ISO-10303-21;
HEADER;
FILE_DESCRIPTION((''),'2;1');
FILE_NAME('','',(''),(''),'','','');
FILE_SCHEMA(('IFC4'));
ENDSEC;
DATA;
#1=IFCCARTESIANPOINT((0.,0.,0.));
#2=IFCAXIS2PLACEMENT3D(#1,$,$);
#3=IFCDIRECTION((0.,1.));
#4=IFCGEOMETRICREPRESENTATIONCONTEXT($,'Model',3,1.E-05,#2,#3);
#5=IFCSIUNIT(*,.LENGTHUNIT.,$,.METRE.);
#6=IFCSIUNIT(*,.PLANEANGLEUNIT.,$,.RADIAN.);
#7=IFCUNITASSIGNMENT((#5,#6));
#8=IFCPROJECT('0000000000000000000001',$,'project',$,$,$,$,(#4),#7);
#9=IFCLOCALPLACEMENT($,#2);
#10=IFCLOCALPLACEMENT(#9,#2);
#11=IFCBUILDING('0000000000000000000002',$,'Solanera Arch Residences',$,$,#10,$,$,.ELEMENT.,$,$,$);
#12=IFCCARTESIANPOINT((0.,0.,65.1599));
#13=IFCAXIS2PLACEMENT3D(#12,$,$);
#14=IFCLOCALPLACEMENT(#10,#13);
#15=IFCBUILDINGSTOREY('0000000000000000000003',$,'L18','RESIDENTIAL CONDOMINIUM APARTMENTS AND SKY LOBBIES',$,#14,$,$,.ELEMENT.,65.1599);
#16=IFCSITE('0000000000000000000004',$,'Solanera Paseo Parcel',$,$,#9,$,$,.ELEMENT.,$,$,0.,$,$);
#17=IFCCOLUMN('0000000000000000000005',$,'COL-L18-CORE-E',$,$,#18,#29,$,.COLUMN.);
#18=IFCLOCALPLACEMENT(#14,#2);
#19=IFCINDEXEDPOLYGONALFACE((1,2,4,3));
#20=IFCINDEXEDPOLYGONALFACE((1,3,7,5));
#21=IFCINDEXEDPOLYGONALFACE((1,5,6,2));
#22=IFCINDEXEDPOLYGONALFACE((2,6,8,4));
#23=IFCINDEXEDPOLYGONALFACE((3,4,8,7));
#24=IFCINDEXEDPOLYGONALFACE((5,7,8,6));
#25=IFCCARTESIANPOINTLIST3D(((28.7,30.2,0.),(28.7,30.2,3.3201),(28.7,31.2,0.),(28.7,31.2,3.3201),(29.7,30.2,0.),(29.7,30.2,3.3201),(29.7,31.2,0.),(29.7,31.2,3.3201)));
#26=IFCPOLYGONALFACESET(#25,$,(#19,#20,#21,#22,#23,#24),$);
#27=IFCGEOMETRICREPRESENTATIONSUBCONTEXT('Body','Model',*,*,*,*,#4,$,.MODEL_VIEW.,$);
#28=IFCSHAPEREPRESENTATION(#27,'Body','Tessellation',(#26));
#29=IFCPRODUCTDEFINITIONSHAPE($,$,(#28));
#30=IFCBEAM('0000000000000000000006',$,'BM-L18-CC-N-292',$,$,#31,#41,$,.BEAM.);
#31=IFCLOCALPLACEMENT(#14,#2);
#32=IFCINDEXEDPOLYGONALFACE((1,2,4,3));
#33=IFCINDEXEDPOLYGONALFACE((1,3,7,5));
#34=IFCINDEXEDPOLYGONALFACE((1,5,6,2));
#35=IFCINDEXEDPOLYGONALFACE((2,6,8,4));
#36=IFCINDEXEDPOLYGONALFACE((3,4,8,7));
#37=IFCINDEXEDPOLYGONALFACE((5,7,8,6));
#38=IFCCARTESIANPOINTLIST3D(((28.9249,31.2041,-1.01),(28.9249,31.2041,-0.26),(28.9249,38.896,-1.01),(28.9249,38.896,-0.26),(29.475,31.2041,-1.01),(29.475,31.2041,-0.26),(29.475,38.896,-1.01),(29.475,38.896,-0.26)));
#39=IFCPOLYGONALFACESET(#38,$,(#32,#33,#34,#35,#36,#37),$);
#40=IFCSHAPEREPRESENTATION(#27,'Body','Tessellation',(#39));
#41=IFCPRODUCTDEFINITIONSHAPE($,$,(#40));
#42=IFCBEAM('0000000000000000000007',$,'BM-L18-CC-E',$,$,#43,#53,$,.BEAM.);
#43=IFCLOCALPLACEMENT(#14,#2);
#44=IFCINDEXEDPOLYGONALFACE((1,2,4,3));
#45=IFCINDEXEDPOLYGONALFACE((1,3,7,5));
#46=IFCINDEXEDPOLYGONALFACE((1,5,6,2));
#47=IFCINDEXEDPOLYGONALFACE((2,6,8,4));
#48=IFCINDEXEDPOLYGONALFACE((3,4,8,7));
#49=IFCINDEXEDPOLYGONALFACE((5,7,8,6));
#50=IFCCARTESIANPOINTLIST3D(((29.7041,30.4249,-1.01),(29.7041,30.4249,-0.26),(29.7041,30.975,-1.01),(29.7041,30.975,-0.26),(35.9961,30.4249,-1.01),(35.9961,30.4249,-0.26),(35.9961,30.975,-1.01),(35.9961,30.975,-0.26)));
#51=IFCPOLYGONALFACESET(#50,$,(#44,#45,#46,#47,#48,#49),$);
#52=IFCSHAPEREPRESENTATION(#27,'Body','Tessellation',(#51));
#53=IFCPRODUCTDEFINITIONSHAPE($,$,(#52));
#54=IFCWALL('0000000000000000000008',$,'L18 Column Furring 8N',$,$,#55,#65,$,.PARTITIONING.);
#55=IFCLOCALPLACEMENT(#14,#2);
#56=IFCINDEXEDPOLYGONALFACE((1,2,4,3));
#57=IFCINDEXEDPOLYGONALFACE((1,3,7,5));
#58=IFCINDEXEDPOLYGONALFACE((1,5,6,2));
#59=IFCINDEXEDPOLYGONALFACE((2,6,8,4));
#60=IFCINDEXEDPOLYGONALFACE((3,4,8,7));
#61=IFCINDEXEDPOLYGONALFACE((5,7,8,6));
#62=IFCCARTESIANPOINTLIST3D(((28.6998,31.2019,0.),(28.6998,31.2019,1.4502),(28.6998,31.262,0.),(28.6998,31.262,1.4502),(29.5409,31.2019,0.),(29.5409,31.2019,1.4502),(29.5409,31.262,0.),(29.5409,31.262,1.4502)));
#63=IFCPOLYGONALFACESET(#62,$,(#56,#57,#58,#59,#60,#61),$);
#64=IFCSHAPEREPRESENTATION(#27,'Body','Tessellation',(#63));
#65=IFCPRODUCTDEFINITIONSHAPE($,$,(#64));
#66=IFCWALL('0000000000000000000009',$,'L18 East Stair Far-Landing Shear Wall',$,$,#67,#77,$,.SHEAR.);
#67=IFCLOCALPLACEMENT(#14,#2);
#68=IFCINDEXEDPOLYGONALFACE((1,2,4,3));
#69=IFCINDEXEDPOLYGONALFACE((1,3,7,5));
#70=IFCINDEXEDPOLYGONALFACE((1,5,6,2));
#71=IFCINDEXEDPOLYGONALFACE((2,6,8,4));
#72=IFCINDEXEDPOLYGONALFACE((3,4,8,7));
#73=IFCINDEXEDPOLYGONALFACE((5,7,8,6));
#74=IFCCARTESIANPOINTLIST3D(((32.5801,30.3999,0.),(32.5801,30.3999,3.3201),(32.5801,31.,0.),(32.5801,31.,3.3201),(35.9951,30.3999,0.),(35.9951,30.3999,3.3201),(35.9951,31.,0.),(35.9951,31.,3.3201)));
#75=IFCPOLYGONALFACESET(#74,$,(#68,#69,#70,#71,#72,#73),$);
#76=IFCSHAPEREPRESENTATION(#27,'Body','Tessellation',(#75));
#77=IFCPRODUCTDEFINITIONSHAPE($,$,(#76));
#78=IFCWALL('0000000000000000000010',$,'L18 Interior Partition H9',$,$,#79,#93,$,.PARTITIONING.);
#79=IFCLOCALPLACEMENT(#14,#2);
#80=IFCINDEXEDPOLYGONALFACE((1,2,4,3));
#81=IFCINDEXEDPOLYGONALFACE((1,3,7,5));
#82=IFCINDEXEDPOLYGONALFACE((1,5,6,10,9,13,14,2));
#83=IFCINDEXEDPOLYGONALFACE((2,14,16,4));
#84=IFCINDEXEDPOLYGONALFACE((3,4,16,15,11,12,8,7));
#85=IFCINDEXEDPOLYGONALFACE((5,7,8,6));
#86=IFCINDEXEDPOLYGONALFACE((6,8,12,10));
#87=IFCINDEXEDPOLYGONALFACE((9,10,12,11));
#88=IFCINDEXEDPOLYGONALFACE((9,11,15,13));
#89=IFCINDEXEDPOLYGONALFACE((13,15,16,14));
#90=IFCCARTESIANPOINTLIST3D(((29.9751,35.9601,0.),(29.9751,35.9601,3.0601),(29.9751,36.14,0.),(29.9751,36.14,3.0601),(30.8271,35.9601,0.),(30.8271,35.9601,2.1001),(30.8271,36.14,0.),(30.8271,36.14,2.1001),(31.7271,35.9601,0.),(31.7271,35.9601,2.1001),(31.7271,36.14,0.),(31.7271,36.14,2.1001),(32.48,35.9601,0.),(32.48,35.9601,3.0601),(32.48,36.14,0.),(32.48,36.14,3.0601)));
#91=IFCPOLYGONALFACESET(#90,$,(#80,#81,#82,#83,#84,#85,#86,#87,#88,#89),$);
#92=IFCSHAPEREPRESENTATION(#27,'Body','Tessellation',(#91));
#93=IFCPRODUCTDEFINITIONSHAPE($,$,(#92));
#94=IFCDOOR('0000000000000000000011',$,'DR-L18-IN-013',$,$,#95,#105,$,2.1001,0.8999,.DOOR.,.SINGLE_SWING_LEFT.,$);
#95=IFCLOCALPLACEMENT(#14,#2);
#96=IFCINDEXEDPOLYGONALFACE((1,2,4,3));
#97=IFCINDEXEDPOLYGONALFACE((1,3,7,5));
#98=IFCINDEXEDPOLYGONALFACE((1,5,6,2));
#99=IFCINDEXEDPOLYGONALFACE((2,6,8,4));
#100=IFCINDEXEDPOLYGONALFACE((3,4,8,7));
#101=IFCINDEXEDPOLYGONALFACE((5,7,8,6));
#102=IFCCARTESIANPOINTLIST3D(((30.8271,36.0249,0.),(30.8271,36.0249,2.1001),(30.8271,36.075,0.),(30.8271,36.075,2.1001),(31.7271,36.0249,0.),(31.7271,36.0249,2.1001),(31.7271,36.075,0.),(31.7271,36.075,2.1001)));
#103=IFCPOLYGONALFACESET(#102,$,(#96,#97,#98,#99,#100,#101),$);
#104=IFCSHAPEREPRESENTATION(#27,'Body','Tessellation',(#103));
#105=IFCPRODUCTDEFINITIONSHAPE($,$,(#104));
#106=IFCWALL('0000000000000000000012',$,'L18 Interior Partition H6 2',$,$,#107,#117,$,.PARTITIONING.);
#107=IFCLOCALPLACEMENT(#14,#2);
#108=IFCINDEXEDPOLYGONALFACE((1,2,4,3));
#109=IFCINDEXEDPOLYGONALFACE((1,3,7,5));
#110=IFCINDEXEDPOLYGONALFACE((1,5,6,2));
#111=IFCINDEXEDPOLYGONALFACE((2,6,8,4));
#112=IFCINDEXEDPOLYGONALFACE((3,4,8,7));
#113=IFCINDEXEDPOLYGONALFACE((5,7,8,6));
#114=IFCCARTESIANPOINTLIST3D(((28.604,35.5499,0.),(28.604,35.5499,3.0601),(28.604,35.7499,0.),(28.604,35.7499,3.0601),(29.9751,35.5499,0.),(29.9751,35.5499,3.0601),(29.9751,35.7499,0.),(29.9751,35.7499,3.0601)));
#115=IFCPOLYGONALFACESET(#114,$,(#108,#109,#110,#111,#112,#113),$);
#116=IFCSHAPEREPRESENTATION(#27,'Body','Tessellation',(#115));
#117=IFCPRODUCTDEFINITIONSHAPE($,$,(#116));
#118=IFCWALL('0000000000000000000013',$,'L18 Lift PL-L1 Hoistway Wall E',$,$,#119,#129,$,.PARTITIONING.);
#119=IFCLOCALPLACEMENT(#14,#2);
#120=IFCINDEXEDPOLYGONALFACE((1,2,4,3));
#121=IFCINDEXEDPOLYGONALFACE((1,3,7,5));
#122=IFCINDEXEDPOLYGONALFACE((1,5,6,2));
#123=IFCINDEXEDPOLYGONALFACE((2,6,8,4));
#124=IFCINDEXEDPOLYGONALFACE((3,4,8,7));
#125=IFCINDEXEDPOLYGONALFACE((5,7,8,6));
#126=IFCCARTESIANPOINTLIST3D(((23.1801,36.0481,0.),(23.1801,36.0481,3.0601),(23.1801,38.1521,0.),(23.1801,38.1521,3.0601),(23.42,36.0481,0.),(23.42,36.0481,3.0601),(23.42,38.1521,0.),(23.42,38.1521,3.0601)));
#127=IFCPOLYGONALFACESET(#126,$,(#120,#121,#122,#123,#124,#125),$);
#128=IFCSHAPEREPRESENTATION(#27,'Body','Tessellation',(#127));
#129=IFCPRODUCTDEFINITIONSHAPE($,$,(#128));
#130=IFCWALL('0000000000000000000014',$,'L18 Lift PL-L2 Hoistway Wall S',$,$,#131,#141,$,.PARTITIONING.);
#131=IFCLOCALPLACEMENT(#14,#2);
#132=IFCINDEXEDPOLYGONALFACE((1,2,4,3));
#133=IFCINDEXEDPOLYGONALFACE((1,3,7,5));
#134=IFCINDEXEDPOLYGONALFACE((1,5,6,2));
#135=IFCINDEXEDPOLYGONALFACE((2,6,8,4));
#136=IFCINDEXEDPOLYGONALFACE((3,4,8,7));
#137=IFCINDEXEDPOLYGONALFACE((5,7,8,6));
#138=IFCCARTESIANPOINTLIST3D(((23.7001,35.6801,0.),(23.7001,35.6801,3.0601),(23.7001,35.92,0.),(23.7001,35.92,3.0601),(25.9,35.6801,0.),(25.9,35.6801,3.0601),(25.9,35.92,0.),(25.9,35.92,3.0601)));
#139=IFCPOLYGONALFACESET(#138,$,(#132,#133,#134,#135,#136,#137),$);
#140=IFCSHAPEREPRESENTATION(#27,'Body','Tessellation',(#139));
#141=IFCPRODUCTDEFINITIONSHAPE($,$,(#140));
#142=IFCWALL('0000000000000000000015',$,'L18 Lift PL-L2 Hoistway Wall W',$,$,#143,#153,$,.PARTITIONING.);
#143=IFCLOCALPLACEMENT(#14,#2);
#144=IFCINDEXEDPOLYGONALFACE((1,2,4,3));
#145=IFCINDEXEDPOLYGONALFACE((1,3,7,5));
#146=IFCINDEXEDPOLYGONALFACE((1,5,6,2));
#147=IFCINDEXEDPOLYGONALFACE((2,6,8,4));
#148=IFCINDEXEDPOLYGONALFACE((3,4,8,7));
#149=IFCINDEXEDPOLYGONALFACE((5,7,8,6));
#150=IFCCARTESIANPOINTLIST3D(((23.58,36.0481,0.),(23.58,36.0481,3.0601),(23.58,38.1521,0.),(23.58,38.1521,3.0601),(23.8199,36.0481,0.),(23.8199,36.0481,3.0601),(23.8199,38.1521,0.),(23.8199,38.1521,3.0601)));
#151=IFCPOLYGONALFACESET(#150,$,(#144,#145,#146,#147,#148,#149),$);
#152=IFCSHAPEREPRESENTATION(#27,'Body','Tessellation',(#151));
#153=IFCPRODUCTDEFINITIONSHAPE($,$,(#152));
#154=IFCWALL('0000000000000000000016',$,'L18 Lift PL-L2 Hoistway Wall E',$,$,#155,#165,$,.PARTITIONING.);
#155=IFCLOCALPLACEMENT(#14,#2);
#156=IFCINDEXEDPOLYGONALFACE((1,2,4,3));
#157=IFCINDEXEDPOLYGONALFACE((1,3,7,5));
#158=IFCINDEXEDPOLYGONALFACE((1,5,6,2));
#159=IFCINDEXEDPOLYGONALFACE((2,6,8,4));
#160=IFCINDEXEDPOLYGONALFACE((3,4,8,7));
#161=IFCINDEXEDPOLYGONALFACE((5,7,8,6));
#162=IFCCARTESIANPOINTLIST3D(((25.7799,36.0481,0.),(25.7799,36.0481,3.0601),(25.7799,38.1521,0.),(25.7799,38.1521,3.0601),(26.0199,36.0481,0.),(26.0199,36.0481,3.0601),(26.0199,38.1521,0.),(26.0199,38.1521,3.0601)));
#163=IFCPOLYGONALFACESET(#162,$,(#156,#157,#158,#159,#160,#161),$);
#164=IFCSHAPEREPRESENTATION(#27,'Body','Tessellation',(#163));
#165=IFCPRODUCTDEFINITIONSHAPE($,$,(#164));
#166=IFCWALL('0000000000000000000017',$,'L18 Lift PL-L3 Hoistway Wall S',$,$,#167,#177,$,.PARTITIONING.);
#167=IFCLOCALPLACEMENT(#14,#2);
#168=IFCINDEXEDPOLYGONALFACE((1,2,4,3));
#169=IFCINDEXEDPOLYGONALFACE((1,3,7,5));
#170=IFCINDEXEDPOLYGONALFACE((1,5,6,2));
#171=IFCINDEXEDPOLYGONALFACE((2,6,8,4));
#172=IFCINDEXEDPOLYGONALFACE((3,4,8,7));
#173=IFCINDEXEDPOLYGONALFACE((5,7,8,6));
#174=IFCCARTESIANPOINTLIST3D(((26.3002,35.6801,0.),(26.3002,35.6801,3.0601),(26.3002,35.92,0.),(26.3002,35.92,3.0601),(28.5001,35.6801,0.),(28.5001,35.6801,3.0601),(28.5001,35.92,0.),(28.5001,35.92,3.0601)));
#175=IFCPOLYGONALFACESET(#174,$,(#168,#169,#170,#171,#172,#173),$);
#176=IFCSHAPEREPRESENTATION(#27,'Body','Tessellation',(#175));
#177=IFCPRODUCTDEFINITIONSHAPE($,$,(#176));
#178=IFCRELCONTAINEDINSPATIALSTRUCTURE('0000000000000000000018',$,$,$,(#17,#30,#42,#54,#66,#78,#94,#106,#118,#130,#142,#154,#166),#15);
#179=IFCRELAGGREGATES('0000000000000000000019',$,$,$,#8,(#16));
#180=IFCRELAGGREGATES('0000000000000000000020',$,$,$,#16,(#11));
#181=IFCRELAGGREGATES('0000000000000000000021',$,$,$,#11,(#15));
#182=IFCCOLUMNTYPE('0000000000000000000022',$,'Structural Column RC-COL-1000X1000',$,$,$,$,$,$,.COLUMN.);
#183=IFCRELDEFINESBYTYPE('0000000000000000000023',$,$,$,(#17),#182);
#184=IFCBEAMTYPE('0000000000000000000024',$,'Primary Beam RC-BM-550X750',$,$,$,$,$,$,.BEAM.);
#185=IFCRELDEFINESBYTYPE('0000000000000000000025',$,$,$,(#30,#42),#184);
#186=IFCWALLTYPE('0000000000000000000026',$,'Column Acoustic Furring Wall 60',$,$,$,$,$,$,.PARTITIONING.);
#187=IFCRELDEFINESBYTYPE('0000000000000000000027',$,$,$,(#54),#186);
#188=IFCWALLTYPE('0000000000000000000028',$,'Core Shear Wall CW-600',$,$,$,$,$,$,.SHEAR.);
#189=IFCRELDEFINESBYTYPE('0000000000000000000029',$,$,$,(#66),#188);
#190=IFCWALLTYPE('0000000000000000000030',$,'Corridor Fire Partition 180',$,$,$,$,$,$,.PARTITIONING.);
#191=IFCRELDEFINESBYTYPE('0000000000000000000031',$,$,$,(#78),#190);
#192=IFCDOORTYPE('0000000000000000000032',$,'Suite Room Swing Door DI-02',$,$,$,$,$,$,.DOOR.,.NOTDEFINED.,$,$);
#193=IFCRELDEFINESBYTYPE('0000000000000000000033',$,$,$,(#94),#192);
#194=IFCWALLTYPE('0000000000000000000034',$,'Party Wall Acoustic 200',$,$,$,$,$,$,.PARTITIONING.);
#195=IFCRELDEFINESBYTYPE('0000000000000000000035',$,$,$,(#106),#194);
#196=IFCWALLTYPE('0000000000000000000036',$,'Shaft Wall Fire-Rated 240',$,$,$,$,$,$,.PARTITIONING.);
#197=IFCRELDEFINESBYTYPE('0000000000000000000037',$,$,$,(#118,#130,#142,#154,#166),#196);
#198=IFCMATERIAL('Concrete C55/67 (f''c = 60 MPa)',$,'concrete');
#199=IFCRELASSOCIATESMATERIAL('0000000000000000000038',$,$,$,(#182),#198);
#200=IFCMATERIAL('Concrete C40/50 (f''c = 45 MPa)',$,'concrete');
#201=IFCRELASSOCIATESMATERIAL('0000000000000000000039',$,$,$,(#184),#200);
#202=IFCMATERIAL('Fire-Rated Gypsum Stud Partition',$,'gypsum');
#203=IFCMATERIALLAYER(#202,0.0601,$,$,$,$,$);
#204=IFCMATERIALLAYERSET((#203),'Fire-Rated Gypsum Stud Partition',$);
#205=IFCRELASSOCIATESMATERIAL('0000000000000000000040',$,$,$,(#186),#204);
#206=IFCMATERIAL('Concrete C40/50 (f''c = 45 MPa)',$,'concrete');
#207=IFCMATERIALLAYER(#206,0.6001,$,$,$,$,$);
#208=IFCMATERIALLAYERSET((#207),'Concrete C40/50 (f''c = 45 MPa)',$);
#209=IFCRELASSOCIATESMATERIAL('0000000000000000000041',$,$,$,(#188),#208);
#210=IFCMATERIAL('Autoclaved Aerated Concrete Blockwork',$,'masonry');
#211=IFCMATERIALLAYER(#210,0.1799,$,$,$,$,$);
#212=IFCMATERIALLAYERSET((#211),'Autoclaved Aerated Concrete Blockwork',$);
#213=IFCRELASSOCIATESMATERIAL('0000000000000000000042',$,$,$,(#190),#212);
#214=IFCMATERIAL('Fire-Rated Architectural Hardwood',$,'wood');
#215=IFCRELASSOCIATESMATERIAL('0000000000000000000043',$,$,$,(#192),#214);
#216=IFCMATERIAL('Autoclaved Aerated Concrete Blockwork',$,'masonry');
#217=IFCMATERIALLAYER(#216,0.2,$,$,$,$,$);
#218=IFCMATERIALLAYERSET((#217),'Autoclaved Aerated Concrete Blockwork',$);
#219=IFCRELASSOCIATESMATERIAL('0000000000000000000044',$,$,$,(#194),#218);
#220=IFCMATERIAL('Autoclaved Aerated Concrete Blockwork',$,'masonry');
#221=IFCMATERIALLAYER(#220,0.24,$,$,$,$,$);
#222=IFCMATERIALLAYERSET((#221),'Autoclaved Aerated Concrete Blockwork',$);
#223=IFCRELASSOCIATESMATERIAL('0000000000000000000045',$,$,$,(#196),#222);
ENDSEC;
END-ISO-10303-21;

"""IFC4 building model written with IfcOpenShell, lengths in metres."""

from ifc_helpers import new_model, si_unit, direction, frame, frame_2d, origin, origin_2d, place, context, subcontext, project, spatial, rectangle, extrude, material, layer, layer_set, material_profile, profile_set, type_object, element, fill, save


model = new_model("IFC4")

# Units and contexts
model_context = context("Model", 3, precision=1e-05, world=origin(), true_north=direction((0.0, 1.0)))
body_context = subcontext(model_context, "Body", "Model", "MODEL_VIEW")
ifc_project = project(units=[si_unit("LENGTHUNIT", "METRE"), si_unit("PLANEANGLEUNIT", "RADIAN")], contexts=[model_context])

# Site, building, storey
site_placement = place(None, origin())
site = spatial("IfcSite", under=ifc_project, at=site_placement, Name="Solanera Paseo Parcel", CompositionType="ELEMENT", RefElevation=0.0)
building_placement = place(site_placement, origin())
building = spatial("IfcBuilding", under=site, at=building_placement, Name="Solanera Arch Residences", CompositionType="ELEMENT")
storey_placement = place(building_placement, frame((0.0, 0.0, 65.1599)))
storey = spatial("IfcBuildingStorey", under=building, at=storey_placement, Name="L18", Description="RESIDENTIAL CONDOMINIUM APARTMENTS AND SKY LOBBIES", CompositionType="ELEMENT", Elevation=65.1599)

# Column
ifc_material_1 = material(Name="Concrete C55/67 (f'c = 60 MPa)", Category="concrete")
ifc_material_profile_1 = material_profile(ifc_material_1, rectangle(XDim=1.0, YDim=1.0, at=origin_2d()))
ifc_profile_set_1 = profile_set([ifc_material_profile_1], Name="Concrete C55/67 (f'c = 60 MPa)")
column_type = type_object("IfcColumnType", Name="Structural Column RC-COL-1000X1000", PredefinedType="COLUMN", material=ifc_profile_set_1)
column_placement = place(storey_placement, frame((29.2, 30.7, 0.0), z_axis=(0.0, 0.0, 1.0), x_axis=(1.0, 0.0, 0.0)))
element("IfcColumn", 1, at=column_placement, inside=storey, type_object=column_type, Name="COL-L18-CORE-E", PredefinedType="COLUMN", context=body_context, shape_type="SweptSolid", body=[
    extrude(rectangle(XDim=1.0, YDim=1.0, at=origin_2d()), origin(), (0.0, 0.0, 1.0), 3.3201),
])

# Beams
ifc_material_2 = material(Name="Concrete C40/50 (f'c = 45 MPa)", Category="concrete")
ifc_material_profile_2 = material_profile(ifc_material_2, rectangle(XDim=0.55, YDim=0.75, at=origin_2d()))
ifc_profile_set_2 = profile_set([ifc_material_profile_2], Name="Concrete C40/50 (f'c = 45 MPa)")
beam_type = type_object("IfcBeamType", Name="Primary Beam RC-BM-550X750", PredefinedType="BEAM", material=ifc_profile_set_2)
beam_1_placement = place(storey_placement, frame((29.2, 31.2041, -0.635), z_axis=(0.0, 1.0, 0.0), x_axis=(-1.0, 0.0, 0.0)))
element("IfcBeam", 2, at=beam_1_placement, inside=storey, type_object=beam_type, Name="BM-L18-CC-N-292", PredefinedType="BEAM", context=body_context, shape_type="SweptSolid", body=[
    extrude(rectangle(XDim=0.55, YDim=0.75, at=origin_2d()), origin(), (0.0, 0.0, 1.0), 7.6919),
])
beam_2_placement = place(storey_placement, frame((29.7041, 30.7, -0.635), z_axis=(1.0, 0.0, 0.0), x_axis=(0.0, 1.0, 0.0)))
element("IfcBeam", 3, at=beam_2_placement, inside=storey, type_object=beam_type, Name="BM-L18-CC-E", PredefinedType="BEAM", context=body_context, shape_type="SweptSolid", body=[
    extrude(rectangle(XDim=0.55, YDim=0.75, at=origin_2d()), origin(), (0.0, 0.0, 1.0), 6.292),
])

# Wall
ifc_material_3 = material(Name="Fire-Rated Gypsum Stud Partition", Category="gypsum")
ifc_layer_1 = layer(ifc_material_3, 0.0601)
ifc_layer_set_1 = layer_set([ifc_layer_1], Name="Fire-Rated Gypsum Stud Partition")
wall_type_1 = type_object("IfcWallType", Name="Column Acoustic Furring Wall 60", PredefinedType="PARTITIONING", material=ifc_layer_set_1)
wall_1_placement = place(storey_placement, frame((28.7, 31.2319, 0.0), z_axis=(0.0, 0.0, 1.0), x_axis=(1.0, 0.0, 0.0)))
element("IfcWall", 4, at=wall_1_placement, inside=storey, type_object=wall_type_1, Name="L18 Column Furring 8N", PredefinedType="PARTITIONING", context=body_context, shape_type="SweptSolid", body=[
    extrude(rectangle(XDim=0.8411, YDim=0.0601, at=frame_2d((0.4204, 0.0))), origin(), (0.0, 0.0, 1.0), 1.4502),
])

# Wall
ifc_material_4 = material(Name="Concrete C40/50 (f'c = 45 MPa)", Category="concrete")
ifc_layer_2 = layer(ifc_material_4, 0.6001)
ifc_layer_set_2 = layer_set([ifc_layer_2], Name="Concrete C40/50 (f'c = 45 MPa)")
wall_type_2 = type_object("IfcWallType", Name="Core Shear Wall CW-600", PredefinedType="SHEAR", material=ifc_layer_set_2)
wall_2_placement = place(storey_placement, frame((32.5801, 30.7, 0.0), z_axis=(0.0, 0.0, 1.0), x_axis=(1.0, 0.0, 0.0)))
element("IfcWall", 5, at=wall_2_placement, inside=storey, type_object=wall_type_2, Name="L18 East Stair Far-Landing Shear Wall", PredefinedType="SHEAR", context=body_context, shape_type="SweptSolid", body=[
    extrude(rectangle(XDim=3.415, YDim=0.6001, at=frame_2d((1.7075, 0.0))), origin(), (0.0, 0.0, 1.0), 3.3201),
])

# Wall, opening, door
ifc_material_5 = material(Name="Autoclaved Aerated Concrete Blockwork", Category="masonry")
ifc_layer_3 = layer(ifc_material_5, 0.1799)
ifc_layer_set_3 = layer_set([ifc_layer_3], Name="Autoclaved Aerated Concrete Blockwork")
wall_type_3 = type_object("IfcWallType", Name="Corridor Fire Partition 180", PredefinedType="PARTITIONING", material=ifc_layer_set_3)
wall_3_placement = place(storey_placement, frame((29.9751, 36.05, 0.0), z_axis=(0.0, 0.0, 1.0), x_axis=(1.0, 0.0, 0.0)))
wall_3 = element("IfcWall", 6, at=wall_3_placement, inside=storey, type_object=wall_type_3, Name="L18 Interior Partition H9", PredefinedType="PARTITIONING", context=body_context, shape_type="SweptSolid", body=[
    extrude(rectangle(XDim=2.5049, YDim=0.1799, at=frame_2d((1.2524, 0.0))), origin(), (0.0, 0.0, 1.0), 3.0601),
])
opening_1_placement = place(wall_3_placement, frame((0.8521, 0.0, 0.0)))
opening_1 = element("IfcOpeningElement", 7, at=opening_1_placement, cuts=wall_3, PredefinedType="OPENING", context=body_context, shape_type="SweptSolid", body=[
    extrude(rectangle(XDim=0.8999, YDim=2.1001, at=frame_2d((0.45, 1.05))), frame((0.0, 0.1001, 0.0), z_axis=(0.0, -1.0, 0.0), x_axis=(1.0, 0.0, 0.0)), (0.0, 0.0, 1.0), 0.1999),
])
ifc_material_6 = material(Name="Fire-Rated Architectural Hardwood", Category="wood")
door_type_1 = type_object("IfcDoorType", Name="Suite Room Swing Door DI-02", OperationType="NOTDEFINED", PredefinedType="DOOR", material=ifc_material_6)
door_1_placement = place(opening_1_placement, origin())
door_1 = element("IfcDoor", 8, at=door_1_placement, inside=storey, type_object=door_type_1, Name="DR-L18-IN-013", OperationType="SINGLE_SWING_LEFT", OverallHeight=2.1001, OverallWidth=0.8999, PredefinedType="DOOR", context=body_context, shape_type="SweptSolid", body=[
    extrude(rectangle(XDim=0.8999, YDim=2.1001, at=frame_2d((0.45, 1.05))), frame((0.0, 0.0249, 0.0), z_axis=(0.0, -1.0, 0.0), x_axis=(1.0, 0.0, 0.0)), (0.0, 0.0, 1.0), 0.05),
])
fill(opening_1, door_1)

# Walls
ifc_material_7 = material(Name="Autoclaved Aerated Concrete Blockwork", Category="masonry")
ifc_layer_4 = layer(ifc_material_7, 0.2)
ifc_layer_set_4 = layer_set([ifc_layer_4], Name="Autoclaved Aerated Concrete Blockwork")
wall_type_4 = type_object("IfcWallType", Name="Party Wall Acoustic 200", PredefinedType="PARTITIONING", material=ifc_layer_set_4)
wall_4_placement = place(storey_placement, frame((28.604, 35.6499, 0.0), z_axis=(0.0, 0.0, 1.0), x_axis=(1.0, 0.0, 0.0)))
element("IfcWall", 9, at=wall_4_placement, inside=storey, type_object=wall_type_4, Name="L18 Interior Partition H6 2", PredefinedType="PARTITIONING", context=body_context, shape_type="SweptSolid", body=[
    extrude(rectangle(XDim=1.3711, YDim=0.2, at=frame_2d((0.6855, 0.0))), origin(), (0.0, 0.0, 1.0), 3.0601),
])
ifc_material_8 = material(Name="Autoclaved Aerated Concrete Blockwork", Category="masonry")
ifc_layer_5 = layer(ifc_material_8, 0.24)
ifc_layer_set_5 = layer_set([ifc_layer_5], Name="Autoclaved Aerated Concrete Blockwork")
wall_type_5 = type_object("IfcWallType", Name="Shaft Wall Fire-Rated 240", PredefinedType="PARTITIONING", material=ifc_layer_set_5)
wall_5_placement = place(storey_placement, frame((23.3, 36.0481, 0.0), z_axis=(0.0, 0.0, 1.0), x_axis=(0.0, 1.0, 0.0)))
element("IfcWall", 10, at=wall_5_placement, inside=storey, type_object=wall_type_5, Name="L18 Lift PL-L1 Hoistway Wall E", PredefinedType="PARTITIONING", context=body_context, shape_type="SweptSolid", body=[
    extrude(rectangle(XDim=2.104, YDim=0.24, at=frame_2d((1.052, 0.0))), origin(), (0.0, 0.0, 1.0), 3.0601),
])
wall_6_placement = place(storey_placement, frame((23.7, 35.8, 0.0), z_axis=(0.0, 0.0, 1.0), x_axis=(1.0, 0.0, 0.0)))
element("IfcWall", 11, at=wall_6_placement, inside=storey, type_object=wall_type_5, Name="L18 Lift PL-L2 Hoistway Wall S", PredefinedType="PARTITIONING", context=body_context, shape_type="SweptSolid", body=[
    extrude(rectangle(XDim=2.2, YDim=0.24, at=frame_2d((1.1001, 0.0))), origin(), (0.0, 0.0, 1.0), 3.0601),
])
for number, where, z_axis, x_axis, name in (
    (12, (23.7, 36.0481, 0.0), (0.0, 0.0, 1.0), (0.0, 1.0, 0.0), "L18 Lift PL-L2 Hoistway Wall W"),
    (13, (25.8999, 36.0481, 0.0), (0.0, 0.0, 1.0), (0.0, 1.0, 0.0), "L18 Lift PL-L2 Hoistway Wall E"),
):
    element("IfcWall", number, at=place(storey_placement, frame(where, z_axis=z_axis, x_axis=x_axis)), inside=storey, type_object=wall_type_5, Name=name, PredefinedType="PARTITIONING", context=body_context, shape_type="SweptSolid", body=[
        extrude(rectangle(XDim=2.104, YDim=0.24, at=frame_2d((1.052, 0.0))), origin(), (0.0, 0.0, 1.0), 3.0601),
    ])
wall_7_placement = place(storey_placement, frame((26.3, 35.8, 0.0), z_axis=(0.0, 0.0, 1.0), x_axis=(1.0, 0.0, 0.0)))
element("IfcWall", 14, at=wall_7_placement, inside=storey, type_object=wall_type_5, Name="L18 Lift PL-L3 Hoistway Wall S", PredefinedType="PARTITIONING", context=body_context, shape_type="SweptSolid", body=[
    extrude(rectangle(XDim=2.2, YDim=0.24, at=frame_2d((1.1001, 0.0))), origin(), (0.0, 0.0, 1.0), 3.0601),
])

save(model, "model.ifc")
